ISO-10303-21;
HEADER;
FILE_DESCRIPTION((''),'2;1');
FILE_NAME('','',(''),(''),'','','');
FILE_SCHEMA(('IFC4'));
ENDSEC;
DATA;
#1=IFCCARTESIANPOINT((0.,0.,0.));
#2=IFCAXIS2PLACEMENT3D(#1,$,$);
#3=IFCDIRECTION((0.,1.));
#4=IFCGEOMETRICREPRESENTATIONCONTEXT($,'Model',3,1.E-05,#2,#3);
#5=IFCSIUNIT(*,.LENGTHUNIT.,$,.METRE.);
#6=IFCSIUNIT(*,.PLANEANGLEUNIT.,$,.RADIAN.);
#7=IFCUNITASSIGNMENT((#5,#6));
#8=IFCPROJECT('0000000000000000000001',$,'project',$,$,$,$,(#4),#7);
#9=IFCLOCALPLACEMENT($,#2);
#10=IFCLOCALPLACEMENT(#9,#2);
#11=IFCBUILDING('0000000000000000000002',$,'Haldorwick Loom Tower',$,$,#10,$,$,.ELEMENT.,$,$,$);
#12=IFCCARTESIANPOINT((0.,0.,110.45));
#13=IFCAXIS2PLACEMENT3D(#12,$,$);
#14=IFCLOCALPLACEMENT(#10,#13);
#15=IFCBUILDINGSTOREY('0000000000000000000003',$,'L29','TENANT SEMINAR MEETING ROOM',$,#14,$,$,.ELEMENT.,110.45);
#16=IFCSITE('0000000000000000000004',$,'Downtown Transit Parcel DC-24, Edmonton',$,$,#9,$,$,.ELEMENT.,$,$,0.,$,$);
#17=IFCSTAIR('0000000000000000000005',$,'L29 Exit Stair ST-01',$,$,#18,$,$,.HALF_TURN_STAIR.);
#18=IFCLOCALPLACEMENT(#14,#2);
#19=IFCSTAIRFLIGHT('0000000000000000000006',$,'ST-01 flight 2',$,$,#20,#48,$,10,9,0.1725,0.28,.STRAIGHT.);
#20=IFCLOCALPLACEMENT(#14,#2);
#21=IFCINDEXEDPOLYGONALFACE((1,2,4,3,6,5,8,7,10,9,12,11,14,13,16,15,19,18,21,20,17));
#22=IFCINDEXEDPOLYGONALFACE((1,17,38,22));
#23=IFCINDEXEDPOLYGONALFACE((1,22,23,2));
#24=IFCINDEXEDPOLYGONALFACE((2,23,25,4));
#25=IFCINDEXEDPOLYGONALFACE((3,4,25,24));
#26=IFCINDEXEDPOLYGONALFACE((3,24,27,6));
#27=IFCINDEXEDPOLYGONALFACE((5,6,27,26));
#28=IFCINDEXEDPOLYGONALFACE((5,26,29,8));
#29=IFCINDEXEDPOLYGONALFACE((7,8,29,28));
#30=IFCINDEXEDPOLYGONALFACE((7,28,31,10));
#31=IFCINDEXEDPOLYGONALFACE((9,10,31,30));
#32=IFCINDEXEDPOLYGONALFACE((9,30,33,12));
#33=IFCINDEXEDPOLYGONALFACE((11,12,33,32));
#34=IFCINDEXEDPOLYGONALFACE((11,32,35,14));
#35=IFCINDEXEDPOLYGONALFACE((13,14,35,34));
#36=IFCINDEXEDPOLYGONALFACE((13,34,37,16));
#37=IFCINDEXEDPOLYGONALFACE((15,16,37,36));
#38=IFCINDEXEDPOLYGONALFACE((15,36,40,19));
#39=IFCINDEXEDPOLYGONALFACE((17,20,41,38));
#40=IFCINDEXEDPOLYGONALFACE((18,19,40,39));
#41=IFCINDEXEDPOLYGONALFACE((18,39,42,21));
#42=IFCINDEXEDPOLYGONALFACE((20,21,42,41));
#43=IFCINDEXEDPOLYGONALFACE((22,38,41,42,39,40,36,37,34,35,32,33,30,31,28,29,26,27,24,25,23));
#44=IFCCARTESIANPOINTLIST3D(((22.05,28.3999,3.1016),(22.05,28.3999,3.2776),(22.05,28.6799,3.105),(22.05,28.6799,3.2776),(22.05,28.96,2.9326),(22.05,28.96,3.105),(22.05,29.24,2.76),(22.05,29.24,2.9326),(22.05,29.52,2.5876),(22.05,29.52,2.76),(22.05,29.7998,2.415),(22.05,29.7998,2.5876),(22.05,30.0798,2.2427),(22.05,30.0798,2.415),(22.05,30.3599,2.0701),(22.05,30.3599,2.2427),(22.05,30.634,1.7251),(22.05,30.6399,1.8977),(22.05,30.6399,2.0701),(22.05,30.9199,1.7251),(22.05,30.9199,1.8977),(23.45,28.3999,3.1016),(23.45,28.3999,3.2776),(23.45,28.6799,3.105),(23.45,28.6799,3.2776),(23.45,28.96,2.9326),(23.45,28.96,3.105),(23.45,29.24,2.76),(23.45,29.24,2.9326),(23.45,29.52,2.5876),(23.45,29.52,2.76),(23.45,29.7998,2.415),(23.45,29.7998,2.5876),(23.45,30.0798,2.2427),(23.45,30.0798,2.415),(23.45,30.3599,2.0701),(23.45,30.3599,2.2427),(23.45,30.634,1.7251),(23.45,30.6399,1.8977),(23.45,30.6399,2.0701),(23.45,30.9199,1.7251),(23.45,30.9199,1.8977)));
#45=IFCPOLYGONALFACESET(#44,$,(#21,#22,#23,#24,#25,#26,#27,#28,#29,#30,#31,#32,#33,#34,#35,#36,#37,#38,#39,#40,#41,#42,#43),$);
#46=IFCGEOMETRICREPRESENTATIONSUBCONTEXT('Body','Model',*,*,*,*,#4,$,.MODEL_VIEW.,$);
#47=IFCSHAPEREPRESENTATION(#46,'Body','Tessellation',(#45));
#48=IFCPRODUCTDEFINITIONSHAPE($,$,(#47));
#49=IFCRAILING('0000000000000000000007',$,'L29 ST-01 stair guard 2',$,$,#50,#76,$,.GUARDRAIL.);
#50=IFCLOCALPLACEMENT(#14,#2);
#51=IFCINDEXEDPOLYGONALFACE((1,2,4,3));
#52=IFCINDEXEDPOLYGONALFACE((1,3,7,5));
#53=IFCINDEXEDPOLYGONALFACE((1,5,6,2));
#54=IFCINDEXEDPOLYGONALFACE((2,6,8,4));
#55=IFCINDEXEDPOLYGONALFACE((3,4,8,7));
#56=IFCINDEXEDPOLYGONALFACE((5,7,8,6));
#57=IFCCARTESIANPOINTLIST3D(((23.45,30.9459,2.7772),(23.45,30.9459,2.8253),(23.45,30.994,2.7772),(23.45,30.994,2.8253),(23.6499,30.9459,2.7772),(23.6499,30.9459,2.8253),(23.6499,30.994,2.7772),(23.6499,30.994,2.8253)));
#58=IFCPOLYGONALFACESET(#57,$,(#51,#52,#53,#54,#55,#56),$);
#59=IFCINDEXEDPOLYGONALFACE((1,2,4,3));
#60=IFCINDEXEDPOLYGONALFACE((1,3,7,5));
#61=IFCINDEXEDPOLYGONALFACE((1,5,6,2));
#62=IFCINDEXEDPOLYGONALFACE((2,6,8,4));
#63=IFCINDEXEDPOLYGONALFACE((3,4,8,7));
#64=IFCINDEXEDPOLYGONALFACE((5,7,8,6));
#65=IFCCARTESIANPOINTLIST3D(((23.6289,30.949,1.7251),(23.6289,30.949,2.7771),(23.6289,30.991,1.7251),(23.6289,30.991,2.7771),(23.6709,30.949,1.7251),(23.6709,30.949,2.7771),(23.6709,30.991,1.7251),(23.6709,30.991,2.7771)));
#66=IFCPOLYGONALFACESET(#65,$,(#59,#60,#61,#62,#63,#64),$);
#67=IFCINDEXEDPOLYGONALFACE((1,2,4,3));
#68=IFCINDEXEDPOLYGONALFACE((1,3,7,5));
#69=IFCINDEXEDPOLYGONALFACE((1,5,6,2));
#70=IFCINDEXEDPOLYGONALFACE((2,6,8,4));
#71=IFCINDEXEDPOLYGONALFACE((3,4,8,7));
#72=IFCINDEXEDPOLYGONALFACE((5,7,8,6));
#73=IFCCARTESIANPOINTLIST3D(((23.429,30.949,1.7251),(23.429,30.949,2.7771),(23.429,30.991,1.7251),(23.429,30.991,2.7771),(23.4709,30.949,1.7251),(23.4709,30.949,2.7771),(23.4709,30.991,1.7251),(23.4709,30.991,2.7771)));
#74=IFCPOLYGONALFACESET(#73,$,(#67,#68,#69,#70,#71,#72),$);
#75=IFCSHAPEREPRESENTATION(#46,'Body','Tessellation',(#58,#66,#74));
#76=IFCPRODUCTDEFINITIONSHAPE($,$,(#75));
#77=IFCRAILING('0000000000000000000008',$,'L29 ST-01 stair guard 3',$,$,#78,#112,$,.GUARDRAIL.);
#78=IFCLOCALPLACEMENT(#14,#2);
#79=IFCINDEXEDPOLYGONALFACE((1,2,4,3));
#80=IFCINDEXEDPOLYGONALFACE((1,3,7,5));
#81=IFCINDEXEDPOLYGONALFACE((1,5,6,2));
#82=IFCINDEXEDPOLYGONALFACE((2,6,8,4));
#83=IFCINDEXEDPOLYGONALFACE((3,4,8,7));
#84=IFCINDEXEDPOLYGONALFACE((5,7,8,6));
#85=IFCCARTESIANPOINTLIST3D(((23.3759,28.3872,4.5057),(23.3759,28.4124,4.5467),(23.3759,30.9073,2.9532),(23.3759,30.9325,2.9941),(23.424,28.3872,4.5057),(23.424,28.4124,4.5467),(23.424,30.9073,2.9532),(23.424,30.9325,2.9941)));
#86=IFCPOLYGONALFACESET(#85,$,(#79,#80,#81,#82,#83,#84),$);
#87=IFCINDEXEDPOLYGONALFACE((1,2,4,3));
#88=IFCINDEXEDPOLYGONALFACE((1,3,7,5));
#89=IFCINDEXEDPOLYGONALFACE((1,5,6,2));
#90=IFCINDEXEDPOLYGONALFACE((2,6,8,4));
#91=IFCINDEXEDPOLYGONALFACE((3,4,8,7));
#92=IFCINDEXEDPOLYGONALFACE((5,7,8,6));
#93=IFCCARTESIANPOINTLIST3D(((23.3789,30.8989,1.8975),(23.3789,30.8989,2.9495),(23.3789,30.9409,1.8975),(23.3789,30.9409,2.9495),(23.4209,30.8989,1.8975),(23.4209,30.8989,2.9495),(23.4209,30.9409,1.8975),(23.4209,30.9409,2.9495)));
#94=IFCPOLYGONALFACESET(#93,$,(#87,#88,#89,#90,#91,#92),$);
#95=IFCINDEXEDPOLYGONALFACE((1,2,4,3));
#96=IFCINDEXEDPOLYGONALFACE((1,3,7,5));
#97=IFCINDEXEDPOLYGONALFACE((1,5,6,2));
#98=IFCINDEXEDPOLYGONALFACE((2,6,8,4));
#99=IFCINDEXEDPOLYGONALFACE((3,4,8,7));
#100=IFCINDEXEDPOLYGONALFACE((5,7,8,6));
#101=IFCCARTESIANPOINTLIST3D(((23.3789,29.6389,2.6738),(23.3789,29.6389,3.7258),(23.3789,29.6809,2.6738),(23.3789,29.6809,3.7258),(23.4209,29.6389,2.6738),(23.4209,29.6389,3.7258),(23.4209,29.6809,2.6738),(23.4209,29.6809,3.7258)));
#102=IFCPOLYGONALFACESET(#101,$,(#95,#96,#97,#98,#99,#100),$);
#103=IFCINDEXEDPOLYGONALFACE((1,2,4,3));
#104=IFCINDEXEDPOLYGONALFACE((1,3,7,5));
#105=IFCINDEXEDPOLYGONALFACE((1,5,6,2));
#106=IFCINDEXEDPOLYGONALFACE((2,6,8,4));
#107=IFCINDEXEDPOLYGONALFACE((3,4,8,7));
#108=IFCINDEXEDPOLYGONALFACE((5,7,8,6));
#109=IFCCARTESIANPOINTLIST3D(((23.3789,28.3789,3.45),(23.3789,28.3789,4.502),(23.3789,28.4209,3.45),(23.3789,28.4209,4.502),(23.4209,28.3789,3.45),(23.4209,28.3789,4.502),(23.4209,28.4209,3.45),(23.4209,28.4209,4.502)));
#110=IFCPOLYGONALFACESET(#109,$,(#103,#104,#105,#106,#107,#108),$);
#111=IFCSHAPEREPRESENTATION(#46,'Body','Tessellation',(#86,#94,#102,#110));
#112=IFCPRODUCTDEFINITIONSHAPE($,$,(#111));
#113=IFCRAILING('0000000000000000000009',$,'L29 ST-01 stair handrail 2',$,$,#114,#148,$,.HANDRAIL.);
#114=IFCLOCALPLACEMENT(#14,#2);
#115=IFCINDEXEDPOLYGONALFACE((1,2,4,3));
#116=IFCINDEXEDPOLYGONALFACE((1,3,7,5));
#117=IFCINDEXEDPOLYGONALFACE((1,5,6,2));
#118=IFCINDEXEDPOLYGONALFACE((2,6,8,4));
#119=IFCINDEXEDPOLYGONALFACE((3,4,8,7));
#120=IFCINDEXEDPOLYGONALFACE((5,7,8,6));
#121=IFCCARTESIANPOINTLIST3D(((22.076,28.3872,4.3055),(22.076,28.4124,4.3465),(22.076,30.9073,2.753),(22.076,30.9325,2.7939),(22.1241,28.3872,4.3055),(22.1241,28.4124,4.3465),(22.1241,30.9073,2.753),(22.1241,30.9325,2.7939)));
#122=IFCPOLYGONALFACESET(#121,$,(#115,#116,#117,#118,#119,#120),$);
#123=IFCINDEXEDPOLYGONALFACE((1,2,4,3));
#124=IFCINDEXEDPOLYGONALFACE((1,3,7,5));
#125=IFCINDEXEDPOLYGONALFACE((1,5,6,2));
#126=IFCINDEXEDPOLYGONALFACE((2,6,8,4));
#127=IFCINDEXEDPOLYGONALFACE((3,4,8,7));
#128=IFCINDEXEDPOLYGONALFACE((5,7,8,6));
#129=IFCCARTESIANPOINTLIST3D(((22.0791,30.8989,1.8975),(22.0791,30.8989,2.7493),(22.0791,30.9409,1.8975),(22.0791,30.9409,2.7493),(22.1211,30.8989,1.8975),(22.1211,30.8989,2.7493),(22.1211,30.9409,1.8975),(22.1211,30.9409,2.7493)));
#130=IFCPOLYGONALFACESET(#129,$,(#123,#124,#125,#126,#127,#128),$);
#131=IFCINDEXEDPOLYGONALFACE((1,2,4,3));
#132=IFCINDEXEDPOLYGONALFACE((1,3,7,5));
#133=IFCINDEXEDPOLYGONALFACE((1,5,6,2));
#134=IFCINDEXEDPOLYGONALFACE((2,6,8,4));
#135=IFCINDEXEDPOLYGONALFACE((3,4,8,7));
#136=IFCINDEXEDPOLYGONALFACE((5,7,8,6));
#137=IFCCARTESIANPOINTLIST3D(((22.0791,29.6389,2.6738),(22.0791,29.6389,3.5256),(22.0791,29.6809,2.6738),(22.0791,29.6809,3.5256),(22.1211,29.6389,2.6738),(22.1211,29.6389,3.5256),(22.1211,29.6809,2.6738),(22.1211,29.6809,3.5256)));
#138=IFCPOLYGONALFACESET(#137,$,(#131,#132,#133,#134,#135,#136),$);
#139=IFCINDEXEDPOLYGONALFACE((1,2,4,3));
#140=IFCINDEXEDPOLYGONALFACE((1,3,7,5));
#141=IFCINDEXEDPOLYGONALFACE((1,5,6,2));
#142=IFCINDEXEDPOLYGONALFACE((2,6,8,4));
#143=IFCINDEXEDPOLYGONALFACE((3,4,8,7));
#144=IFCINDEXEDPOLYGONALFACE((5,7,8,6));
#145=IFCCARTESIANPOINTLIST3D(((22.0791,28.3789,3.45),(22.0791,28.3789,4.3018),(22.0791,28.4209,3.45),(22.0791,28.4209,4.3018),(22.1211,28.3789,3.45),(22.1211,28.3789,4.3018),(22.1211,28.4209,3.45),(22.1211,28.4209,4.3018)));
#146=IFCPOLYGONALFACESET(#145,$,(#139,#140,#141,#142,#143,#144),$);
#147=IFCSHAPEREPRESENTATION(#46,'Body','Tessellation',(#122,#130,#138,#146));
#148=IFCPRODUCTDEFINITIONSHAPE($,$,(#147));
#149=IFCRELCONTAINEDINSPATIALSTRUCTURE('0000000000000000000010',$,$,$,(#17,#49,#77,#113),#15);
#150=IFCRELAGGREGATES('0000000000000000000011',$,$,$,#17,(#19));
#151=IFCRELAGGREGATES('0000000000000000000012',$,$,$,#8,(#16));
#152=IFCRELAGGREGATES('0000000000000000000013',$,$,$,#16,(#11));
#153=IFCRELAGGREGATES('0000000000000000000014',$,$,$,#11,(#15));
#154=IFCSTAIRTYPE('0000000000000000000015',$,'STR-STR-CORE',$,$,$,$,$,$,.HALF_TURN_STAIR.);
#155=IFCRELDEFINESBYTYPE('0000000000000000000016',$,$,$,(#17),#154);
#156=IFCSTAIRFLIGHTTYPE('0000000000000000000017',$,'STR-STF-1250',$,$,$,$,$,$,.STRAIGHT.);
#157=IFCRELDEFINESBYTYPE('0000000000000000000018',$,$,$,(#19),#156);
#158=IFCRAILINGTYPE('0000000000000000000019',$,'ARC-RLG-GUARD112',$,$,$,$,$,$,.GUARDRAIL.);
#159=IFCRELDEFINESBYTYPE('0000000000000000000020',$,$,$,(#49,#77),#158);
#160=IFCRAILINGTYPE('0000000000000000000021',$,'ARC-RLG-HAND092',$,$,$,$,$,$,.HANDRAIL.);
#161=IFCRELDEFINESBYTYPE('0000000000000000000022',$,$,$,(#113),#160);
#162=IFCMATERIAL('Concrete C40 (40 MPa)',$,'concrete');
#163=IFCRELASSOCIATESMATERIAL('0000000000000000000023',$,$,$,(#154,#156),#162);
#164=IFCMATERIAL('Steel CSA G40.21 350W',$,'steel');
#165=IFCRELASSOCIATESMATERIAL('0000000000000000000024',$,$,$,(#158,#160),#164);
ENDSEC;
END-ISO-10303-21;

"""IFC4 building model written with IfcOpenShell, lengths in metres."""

from ifc_helpers import new_model, si_unit, direction, frame, origin, origin_2d, place, context, subcontext, project, spatial, polyline, rectangle, outline, extrude, material, type_object, element, aggregate, save


model = new_model("IFC4")

# Units and contexts
model_context = context("Model", 3, precision=1e-05, world=origin(), true_north=direction((0.0, 1.0)))
body_context = subcontext(model_context, "Body", "Model", "MODEL_VIEW")
ifc_project = project(units=[si_unit("LENGTHUNIT", "METRE"), si_unit("PLANEANGLEUNIT", "RADIAN")], contexts=[model_context])

# Site, building, storey
site_placement = place(None, origin())
site = spatial("IfcSite", under=ifc_project, at=site_placement, Name="Downtown Transit Parcel DC-24, Edmonton", CompositionType="ELEMENT", RefElevation=0.0)
building_placement = place(site_placement, origin())
building = spatial("IfcBuilding", under=site, at=building_placement, Name="Haldorwick Loom Tower", CompositionType="ELEMENT")
storey_placement = place(building_placement, frame((0.0, 0.0, 110.45)))
storey = spatial("IfcBuildingStorey", under=building, at=storey_placement, Name="L29", Description="TENANT SEMINAR MEETING ROOM", CompositionType="ELEMENT", Elevation=110.45)

# Shared definitions
ifc_material_1 = material(Name="Steel CSA G40.21 350W", Category="steel")

# Stair, stair flight
ifc_material_2 = material(Name="Concrete C40 (40 MPa)", Category="concrete")
stair_type = type_object("IfcStairType", Name="STR-STR-CORE", PredefinedType="HALF_TURN_STAIR", material=ifc_material_2)
stair_placement = place(storey_placement, origin())
stair = element("IfcStair", 1, at=stair_placement, inside=storey, type_object=stair_type, Name="L29 Exit Stair ST-01", PredefinedType="HALF_TURN_STAIR")
stair_flight_type = type_object("IfcStairFlightType", Name="STR-STF-1250", PredefinedType="STRAIGHT", material=ifc_material_2)
stair_flight_placement = place(storey_placement, frame((22.75, 30.9199, 1.7251), z_axis=(0.0, 0.0, 1.0), x_axis=(0.0, -1.0, 0.0)))
stair_flight = element("IfcStairFlight", 2, at=stair_flight_placement, type_object=stair_flight_type, Name="ST-01 flight 2", NumberOfRisers=10, NumberOfTreads=9, PredefinedType="STRAIGHT", RiserHeight=0.1725, TreadLength=0.28, context=body_context, shape_type="SweptSolid", body=[
    extrude(outline(polyline([(0.0, 0.0), (0.0, 0.1726), (0.28, 0.1726), (0.28, 0.345), (0.5601, 0.345), (0.5601, 0.5176), (0.8401, 0.5176), (0.8401, 0.6899), (1.1201, 0.6899), (1.1201, 0.8625), (1.3999, 0.8625), (1.3999, 1.0349), (1.6799, 1.0349), (1.6799, 1.2075), (1.96, 1.2075), (1.96, 1.3799), (2.24, 1.3799), (2.24, 1.5525), (2.52, 1.5525), (2.52, 1.7251), (2.52, 1.3765), (0.2859, 0.0), (0.0, 0.0)])), frame((0.0, 0.7, 0.0), z_axis=(0.0, -1.0, 0.0), x_axis=(1.0, 0.0, 0.0)), (0.0, 0.0, 1.0), 1.3999),
])
aggregate(stair, [stair_flight])

# Railings
railing_type_1 = type_object("IfcRailingType", Name="ARC-RLG-GUARD112", PredefinedType="GUARDRAIL", material=ifc_material_1)
railing_1_placement = place(storey_placement, frame((23.6499, 30.97, 1.7251)))
element("IfcRailing", 3, at=railing_1_placement, inside=storey, type_object=railing_type_1, Name="L29 ST-01 stair guard 2", PredefinedType="GUARDRAIL", context=body_context, shape_type="SweptSolid", body=[
    extrude(rectangle(XDim=0.0481, YDim=0.0481, at=origin_2d()), frame((0.0, 0.0, 1.0762), z_axis=(-1.0, 0.0, 0.0), x_axis=(0.0, -1.0, 0.0)), (0.0, 0.0, 1.0), 0.2),
    extrude(rectangle(XDim=0.042, YDim=0.042, at=origin_2d()), origin(), (0.0, 0.0, 1.0), 1.052),
    extrude(rectangle(XDim=0.042, YDim=0.042, at=origin_2d()), frame((-0.2, 0.0, 0.0)), (0.0, 0.0, 1.0), 1.052),
])
railing_2_placement = place(storey_placement, frame((23.3999, 30.9199, 1.8975)))
element("IfcRailing", 4, at=railing_2_placement, inside=storey, type_object=railing_type_1, Name="L29 ST-01 stair guard 3", PredefinedType="GUARDRAIL", context=body_context, shape_type="SweptSolid", body=[
    extrude(rectangle(XDim=0.0481, YDim=0.0481, at=origin_2d()), frame((0.0, 0.0, 1.0762), z_axis=(0.0, -0.8514, 0.524516), x_axis=(1.0, 0.0, 0.0)), (0.0, 0.0, 1.0), 2.96),
    extrude(rectangle(XDim=0.042, YDim=0.042, at=origin_2d()), origin(), (0.0, 0.0, 1.0), 1.052),
    extrude(rectangle(XDim=0.042, YDim=0.042, at=origin_2d()), frame((0.0, -1.26, 0.7764)), (0.0, 0.0, 1.0), 1.052),
    extrude(rectangle(XDim=0.042, YDim=0.042, at=origin_2d()), frame((0.0, -2.52, 1.5525)), (0.0, 0.0, 1.0), 1.052),
])
railing_type_2 = type_object("IfcRailingType", Name="ARC-RLG-HAND092", PredefinedType="HANDRAIL", material=ifc_material_1)
railing_3_placement = place(storey_placement, frame((22.1001, 30.9199, 1.8975)))
element("IfcRailing", 5, at=railing_3_placement, inside=storey, type_object=railing_type_2, Name="L29 ST-01 stair handrail 2", PredefinedType="HANDRAIL", context=body_context, shape_type="SweptSolid", body=[
    extrude(rectangle(XDim=0.0481, YDim=0.0481, at=origin_2d()), frame((0.0, 0.0, 0.876), z_axis=(0.0, -0.8514, 0.524516), x_axis=(1.0, 0.0, 0.0)), (0.0, 0.0, 1.0), 2.96),
    extrude(rectangle(XDim=0.042, YDim=0.042, at=origin_2d()), origin(), (0.0, 0.0, 1.0), 0.8518),
    extrude(rectangle(XDim=0.042, YDim=0.042, at=origin_2d()), frame((0.0, -1.26, 0.7764)), (0.0, 0.0, 1.0), 0.8518),
    extrude(rectangle(XDim=0.042, YDim=0.042, at=origin_2d()), frame((0.0, -2.52, 1.5525)), (0.0, 0.0, 1.0), 0.8518),
])

save(model, "model.ifc")
